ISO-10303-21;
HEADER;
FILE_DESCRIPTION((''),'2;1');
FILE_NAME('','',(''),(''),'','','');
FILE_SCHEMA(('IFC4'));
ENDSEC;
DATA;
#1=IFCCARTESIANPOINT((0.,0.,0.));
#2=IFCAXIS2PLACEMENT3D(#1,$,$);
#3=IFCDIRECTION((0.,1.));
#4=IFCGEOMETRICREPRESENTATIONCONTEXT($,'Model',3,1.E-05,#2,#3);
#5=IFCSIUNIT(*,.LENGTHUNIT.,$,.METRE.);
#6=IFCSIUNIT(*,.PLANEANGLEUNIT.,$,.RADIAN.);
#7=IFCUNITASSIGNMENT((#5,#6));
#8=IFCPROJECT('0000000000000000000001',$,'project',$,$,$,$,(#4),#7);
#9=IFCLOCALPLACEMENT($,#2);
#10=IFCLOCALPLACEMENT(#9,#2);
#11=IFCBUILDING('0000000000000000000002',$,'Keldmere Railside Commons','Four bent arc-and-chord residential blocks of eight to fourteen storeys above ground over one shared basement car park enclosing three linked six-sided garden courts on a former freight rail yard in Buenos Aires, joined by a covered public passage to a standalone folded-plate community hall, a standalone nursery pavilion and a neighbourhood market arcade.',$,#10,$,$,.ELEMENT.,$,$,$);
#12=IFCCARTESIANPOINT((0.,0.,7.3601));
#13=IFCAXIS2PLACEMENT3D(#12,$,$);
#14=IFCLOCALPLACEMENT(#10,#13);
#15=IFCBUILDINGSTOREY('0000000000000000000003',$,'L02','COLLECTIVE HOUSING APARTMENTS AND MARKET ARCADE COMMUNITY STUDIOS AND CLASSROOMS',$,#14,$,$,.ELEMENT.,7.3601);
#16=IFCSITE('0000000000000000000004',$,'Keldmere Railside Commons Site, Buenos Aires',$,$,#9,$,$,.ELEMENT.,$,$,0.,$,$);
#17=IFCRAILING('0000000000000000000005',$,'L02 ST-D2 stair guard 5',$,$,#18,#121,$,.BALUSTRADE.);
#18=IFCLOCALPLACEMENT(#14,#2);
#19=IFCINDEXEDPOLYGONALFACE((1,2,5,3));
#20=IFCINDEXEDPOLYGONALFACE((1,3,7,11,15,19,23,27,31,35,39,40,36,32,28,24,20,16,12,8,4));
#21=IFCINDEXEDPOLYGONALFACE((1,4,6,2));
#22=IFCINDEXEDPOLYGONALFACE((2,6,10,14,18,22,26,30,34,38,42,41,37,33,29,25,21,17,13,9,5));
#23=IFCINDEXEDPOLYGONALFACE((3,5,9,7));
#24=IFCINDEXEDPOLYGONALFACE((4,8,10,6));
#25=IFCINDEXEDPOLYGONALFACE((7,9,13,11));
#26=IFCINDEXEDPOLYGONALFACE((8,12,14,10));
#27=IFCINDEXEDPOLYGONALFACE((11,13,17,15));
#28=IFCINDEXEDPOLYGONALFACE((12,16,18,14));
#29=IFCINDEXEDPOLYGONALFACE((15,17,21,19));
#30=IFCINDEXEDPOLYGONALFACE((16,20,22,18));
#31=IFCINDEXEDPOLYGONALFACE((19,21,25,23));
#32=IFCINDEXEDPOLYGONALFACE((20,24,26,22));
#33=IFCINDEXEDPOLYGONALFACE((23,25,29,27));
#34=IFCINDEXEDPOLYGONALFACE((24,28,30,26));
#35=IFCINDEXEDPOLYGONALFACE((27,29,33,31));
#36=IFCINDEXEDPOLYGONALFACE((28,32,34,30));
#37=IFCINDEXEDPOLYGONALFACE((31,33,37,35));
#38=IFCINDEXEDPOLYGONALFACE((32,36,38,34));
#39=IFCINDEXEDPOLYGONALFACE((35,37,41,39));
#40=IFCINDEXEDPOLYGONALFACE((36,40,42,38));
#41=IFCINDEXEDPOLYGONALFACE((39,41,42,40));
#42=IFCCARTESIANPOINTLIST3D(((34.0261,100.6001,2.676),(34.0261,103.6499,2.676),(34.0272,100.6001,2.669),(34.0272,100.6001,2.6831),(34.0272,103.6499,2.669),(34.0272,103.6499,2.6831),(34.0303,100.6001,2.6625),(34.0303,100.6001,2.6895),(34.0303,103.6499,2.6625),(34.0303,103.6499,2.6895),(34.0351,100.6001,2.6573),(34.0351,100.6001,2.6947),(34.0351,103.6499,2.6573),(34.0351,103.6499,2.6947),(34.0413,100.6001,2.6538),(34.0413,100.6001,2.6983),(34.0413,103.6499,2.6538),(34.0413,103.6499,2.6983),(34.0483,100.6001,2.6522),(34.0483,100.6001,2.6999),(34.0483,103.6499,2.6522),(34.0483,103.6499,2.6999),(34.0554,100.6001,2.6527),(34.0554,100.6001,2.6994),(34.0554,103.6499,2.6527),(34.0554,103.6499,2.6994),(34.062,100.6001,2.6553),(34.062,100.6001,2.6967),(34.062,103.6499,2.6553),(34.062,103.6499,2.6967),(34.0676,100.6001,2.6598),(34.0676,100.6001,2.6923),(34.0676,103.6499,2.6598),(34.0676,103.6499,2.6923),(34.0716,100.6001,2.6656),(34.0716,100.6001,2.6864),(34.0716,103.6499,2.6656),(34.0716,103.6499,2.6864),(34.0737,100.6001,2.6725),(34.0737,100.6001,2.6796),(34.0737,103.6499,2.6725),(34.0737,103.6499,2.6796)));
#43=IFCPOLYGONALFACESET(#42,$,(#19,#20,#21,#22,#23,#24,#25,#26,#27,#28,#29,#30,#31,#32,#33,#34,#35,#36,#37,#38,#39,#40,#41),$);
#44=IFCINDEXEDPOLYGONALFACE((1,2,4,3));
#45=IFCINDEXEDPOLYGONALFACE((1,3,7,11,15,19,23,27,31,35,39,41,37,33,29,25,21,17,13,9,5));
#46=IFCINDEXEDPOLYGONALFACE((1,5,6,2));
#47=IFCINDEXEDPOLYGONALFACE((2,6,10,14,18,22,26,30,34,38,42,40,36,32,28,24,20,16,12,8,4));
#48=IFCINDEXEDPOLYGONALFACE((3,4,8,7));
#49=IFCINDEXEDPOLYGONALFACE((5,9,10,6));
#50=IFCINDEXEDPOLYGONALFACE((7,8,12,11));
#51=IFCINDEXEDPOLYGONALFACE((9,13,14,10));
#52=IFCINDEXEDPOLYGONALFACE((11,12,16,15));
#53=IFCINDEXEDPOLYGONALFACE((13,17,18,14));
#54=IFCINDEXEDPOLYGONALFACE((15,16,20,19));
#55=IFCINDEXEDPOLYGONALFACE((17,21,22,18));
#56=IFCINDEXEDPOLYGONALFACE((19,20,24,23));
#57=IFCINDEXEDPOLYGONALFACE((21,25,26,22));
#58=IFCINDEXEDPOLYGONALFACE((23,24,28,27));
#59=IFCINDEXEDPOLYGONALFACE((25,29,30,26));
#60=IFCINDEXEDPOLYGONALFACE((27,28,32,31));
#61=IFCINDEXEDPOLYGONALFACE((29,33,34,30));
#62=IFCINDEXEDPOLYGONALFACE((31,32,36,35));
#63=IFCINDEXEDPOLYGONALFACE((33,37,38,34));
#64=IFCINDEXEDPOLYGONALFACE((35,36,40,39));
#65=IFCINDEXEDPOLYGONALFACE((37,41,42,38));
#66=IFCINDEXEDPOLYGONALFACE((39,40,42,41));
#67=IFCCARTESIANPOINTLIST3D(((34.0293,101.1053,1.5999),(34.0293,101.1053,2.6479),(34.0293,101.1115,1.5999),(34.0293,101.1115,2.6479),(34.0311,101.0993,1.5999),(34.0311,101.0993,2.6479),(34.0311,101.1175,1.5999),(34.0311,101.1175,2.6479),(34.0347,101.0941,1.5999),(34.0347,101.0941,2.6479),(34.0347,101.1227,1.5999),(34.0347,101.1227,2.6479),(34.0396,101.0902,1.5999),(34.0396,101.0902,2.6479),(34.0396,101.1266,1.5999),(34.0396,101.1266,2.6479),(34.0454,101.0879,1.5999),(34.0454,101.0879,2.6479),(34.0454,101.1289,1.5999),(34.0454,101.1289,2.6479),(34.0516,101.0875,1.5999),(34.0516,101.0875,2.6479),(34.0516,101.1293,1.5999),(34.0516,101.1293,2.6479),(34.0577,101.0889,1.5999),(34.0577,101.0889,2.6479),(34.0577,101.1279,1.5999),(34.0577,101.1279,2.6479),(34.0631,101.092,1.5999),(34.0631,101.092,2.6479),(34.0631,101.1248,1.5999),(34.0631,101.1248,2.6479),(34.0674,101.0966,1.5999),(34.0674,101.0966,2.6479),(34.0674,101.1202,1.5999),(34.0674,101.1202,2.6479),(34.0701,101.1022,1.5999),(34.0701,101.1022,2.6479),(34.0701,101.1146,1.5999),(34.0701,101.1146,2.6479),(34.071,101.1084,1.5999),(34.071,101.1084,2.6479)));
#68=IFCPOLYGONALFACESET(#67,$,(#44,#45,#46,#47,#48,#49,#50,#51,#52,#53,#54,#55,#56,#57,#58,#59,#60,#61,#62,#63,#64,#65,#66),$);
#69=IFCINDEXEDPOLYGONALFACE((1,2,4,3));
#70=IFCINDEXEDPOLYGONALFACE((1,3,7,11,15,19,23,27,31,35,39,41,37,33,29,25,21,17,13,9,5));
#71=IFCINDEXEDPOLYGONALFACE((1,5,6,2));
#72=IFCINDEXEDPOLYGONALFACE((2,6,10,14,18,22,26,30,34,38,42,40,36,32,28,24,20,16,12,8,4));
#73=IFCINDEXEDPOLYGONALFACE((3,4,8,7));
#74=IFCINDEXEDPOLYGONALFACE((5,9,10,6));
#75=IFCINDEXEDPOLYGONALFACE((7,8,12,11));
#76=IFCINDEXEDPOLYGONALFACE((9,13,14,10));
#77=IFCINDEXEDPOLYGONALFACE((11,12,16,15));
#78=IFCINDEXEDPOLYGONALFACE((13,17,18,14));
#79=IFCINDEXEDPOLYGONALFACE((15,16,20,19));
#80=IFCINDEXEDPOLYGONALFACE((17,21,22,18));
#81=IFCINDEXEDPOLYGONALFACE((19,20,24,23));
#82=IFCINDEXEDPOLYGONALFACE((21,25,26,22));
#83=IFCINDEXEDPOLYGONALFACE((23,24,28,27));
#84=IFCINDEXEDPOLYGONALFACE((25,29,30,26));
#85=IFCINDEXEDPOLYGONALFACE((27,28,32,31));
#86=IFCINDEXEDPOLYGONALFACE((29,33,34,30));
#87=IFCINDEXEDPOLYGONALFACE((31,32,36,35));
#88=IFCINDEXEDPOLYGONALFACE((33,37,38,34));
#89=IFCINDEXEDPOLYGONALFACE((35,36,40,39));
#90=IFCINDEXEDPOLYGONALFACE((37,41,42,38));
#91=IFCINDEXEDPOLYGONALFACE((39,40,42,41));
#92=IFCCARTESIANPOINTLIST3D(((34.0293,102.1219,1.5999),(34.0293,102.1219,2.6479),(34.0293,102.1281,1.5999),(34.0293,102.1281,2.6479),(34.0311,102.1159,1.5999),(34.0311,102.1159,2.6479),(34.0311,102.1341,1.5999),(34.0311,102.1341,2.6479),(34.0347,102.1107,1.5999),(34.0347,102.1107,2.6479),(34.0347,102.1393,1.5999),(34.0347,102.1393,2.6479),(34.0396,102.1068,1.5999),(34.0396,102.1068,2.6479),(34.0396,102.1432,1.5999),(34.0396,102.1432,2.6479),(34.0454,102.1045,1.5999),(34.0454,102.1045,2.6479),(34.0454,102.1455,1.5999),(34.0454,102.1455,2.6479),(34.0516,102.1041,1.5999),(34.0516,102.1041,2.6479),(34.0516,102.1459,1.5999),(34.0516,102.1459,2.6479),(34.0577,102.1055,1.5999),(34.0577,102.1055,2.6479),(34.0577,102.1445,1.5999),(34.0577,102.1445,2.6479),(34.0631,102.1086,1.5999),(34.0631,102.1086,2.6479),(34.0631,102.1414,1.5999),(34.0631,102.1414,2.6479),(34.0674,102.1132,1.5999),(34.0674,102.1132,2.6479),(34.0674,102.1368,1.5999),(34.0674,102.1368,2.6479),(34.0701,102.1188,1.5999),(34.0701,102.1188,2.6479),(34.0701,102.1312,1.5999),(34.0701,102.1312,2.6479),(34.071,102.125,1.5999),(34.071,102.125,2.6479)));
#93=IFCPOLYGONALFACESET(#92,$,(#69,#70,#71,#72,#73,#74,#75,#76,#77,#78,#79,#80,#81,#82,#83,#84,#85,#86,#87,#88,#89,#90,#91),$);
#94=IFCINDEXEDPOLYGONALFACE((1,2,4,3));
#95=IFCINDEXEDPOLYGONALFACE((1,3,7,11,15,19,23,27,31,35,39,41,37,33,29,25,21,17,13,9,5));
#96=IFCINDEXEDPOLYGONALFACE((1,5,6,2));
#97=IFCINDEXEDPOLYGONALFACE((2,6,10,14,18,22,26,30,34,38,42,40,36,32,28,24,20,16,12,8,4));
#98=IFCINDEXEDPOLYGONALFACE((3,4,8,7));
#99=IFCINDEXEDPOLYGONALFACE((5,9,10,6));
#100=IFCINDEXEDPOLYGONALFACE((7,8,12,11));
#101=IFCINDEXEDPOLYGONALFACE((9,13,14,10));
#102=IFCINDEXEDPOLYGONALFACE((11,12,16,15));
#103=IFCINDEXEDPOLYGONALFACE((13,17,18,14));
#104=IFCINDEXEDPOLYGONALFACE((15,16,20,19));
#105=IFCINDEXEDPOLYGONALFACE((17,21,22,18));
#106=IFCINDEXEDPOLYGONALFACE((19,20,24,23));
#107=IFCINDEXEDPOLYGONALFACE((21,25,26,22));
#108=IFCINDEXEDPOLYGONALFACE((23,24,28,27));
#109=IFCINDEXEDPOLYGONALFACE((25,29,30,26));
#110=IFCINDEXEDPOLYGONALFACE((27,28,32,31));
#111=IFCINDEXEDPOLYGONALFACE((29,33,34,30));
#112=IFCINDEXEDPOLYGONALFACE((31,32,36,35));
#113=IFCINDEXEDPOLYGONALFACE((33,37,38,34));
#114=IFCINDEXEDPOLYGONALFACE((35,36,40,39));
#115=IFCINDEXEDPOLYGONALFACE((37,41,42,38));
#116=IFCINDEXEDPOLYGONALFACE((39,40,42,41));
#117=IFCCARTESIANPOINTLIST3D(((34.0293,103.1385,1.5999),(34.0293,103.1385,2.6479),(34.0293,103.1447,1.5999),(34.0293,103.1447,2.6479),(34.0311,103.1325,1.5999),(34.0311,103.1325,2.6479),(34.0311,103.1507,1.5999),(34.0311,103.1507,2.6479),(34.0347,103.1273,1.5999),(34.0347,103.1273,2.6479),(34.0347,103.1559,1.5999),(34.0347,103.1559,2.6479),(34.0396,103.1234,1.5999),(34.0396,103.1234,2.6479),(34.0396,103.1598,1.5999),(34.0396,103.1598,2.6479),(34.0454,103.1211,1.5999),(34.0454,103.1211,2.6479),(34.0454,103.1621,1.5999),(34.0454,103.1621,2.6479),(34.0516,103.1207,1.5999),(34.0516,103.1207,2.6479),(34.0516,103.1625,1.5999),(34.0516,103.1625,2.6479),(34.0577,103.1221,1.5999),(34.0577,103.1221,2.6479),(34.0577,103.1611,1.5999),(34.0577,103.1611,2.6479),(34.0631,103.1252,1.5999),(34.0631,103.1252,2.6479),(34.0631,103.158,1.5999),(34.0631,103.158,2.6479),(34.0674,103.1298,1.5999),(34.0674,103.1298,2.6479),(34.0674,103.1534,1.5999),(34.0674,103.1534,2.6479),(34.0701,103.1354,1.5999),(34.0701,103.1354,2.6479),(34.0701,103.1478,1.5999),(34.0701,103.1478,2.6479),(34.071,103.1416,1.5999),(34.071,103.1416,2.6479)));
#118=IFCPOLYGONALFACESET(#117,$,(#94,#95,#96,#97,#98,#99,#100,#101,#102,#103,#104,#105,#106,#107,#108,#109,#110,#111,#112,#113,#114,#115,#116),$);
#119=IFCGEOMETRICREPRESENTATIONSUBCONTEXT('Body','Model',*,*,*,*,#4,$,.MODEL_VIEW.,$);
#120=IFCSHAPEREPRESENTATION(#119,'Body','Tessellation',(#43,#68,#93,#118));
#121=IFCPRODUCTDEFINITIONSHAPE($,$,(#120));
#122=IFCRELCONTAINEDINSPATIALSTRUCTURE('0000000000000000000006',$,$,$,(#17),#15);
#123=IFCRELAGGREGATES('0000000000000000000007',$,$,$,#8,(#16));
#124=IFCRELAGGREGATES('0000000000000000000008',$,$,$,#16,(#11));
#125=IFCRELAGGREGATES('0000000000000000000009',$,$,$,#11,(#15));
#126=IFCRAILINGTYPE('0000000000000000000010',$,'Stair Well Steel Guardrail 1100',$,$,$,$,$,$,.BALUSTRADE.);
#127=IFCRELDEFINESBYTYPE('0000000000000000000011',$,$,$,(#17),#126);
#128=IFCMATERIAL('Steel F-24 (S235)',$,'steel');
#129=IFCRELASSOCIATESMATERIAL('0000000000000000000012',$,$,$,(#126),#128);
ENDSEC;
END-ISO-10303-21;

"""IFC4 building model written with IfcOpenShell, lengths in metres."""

from ifc_helpers import new_model, si_unit, direction, frame, origin, origin_2d, place, context, subcontext, project, spatial, circle, extrude, material, type_object, element, save


model = new_model("IFC4")

# Units and contexts
model_context = context("Model", 3, precision=1e-05, world=origin(), true_north=direction((0.0, 1.0)))
body_context = subcontext(model_context, "Body", "Model", "MODEL_VIEW")
ifc_project = project(units=[si_unit("LENGTHUNIT", "METRE"), si_unit("PLANEANGLEUNIT", "RADIAN")], contexts=[model_context])

# Site, building, storey
site_placement = place(None, origin())
site = spatial("IfcSite", under=ifc_project, at=site_placement, Name="Keldmere Railside Commons Site, Buenos Aires", CompositionType="ELEMENT", RefElevation=0.0)
building_placement = place(site_placement, origin())
building = spatial("IfcBuilding", under=site, at=building_placement, Name="Keldmere Railside Commons", Description="Four bent arc-and-chord residential blocks of eight to fourteen storeys above ground over one shared basement car park enclosing three linked six-sided garden courts on a former freight rail yard in Buenos Aires, joined by a covered public passage to a standalone folded-plate community hall, a standalone nursery pavilion and a neighbourhood market arcade.", CompositionType="ELEMENT")
storey_placement = place(building_placement, frame((0.0, 0.0, 7.3601)))
storey = spatial("IfcBuildingStorey", under=building, at=storey_placement, Name="L02", Description="COLLECTIVE HOUSING APARTMENTS AND MARKET ARCADE COMMUNITY STUDIOS AND CLASSROOMS", CompositionType="ELEMENT", Elevation=7.3601)

# Shared definitions
ifc_material_1 = material(Name="Steel F-24 (S235)", Category="steel")

# Railing
railing_type_1 = type_object("IfcRailingType", Name="Stair Well Steel Guardrail 1100", PredefinedType="BALUSTRADE", material=ifc_material_1)
railing_1_placement = place(storey_placement, frame((34.05, 100.6001, 1.5999)))
element("IfcRailing", 1, at=railing_1_placement, inside=storey, type_object=railing_type_1, Name="L02 ST-D2 stair guard 5", PredefinedType="BALUSTRADE", context=body_context, shape_type="SweptSolid", body=[
    extrude(circle(Radius=0.0239, at=origin_2d()), frame((0.0, 0.0, 1.0762), z_axis=(0.0, 1.0, 0.0), x_axis=(-1.0, 0.0, 0.0)), (0.0, 0.0, 1.0), 3.0498),
    extrude(circle(Radius=0.021, at=origin_2d()), frame((0.0, 0.5083, 0.0)), (0.0, 0.0, 1.0), 1.0481),
    extrude(circle(Radius=0.021, at=origin_2d()), frame((0.0, 1.5249, 0.0)), (0.0, 0.0, 1.0), 1.0481),
    extrude(circle(Radius=0.021, at=origin_2d()), frame((0.0, 2.5415, 0.0)), (0.0, 0.0, 1.0), 1.0481),
])

save(model, "model.ifc")
